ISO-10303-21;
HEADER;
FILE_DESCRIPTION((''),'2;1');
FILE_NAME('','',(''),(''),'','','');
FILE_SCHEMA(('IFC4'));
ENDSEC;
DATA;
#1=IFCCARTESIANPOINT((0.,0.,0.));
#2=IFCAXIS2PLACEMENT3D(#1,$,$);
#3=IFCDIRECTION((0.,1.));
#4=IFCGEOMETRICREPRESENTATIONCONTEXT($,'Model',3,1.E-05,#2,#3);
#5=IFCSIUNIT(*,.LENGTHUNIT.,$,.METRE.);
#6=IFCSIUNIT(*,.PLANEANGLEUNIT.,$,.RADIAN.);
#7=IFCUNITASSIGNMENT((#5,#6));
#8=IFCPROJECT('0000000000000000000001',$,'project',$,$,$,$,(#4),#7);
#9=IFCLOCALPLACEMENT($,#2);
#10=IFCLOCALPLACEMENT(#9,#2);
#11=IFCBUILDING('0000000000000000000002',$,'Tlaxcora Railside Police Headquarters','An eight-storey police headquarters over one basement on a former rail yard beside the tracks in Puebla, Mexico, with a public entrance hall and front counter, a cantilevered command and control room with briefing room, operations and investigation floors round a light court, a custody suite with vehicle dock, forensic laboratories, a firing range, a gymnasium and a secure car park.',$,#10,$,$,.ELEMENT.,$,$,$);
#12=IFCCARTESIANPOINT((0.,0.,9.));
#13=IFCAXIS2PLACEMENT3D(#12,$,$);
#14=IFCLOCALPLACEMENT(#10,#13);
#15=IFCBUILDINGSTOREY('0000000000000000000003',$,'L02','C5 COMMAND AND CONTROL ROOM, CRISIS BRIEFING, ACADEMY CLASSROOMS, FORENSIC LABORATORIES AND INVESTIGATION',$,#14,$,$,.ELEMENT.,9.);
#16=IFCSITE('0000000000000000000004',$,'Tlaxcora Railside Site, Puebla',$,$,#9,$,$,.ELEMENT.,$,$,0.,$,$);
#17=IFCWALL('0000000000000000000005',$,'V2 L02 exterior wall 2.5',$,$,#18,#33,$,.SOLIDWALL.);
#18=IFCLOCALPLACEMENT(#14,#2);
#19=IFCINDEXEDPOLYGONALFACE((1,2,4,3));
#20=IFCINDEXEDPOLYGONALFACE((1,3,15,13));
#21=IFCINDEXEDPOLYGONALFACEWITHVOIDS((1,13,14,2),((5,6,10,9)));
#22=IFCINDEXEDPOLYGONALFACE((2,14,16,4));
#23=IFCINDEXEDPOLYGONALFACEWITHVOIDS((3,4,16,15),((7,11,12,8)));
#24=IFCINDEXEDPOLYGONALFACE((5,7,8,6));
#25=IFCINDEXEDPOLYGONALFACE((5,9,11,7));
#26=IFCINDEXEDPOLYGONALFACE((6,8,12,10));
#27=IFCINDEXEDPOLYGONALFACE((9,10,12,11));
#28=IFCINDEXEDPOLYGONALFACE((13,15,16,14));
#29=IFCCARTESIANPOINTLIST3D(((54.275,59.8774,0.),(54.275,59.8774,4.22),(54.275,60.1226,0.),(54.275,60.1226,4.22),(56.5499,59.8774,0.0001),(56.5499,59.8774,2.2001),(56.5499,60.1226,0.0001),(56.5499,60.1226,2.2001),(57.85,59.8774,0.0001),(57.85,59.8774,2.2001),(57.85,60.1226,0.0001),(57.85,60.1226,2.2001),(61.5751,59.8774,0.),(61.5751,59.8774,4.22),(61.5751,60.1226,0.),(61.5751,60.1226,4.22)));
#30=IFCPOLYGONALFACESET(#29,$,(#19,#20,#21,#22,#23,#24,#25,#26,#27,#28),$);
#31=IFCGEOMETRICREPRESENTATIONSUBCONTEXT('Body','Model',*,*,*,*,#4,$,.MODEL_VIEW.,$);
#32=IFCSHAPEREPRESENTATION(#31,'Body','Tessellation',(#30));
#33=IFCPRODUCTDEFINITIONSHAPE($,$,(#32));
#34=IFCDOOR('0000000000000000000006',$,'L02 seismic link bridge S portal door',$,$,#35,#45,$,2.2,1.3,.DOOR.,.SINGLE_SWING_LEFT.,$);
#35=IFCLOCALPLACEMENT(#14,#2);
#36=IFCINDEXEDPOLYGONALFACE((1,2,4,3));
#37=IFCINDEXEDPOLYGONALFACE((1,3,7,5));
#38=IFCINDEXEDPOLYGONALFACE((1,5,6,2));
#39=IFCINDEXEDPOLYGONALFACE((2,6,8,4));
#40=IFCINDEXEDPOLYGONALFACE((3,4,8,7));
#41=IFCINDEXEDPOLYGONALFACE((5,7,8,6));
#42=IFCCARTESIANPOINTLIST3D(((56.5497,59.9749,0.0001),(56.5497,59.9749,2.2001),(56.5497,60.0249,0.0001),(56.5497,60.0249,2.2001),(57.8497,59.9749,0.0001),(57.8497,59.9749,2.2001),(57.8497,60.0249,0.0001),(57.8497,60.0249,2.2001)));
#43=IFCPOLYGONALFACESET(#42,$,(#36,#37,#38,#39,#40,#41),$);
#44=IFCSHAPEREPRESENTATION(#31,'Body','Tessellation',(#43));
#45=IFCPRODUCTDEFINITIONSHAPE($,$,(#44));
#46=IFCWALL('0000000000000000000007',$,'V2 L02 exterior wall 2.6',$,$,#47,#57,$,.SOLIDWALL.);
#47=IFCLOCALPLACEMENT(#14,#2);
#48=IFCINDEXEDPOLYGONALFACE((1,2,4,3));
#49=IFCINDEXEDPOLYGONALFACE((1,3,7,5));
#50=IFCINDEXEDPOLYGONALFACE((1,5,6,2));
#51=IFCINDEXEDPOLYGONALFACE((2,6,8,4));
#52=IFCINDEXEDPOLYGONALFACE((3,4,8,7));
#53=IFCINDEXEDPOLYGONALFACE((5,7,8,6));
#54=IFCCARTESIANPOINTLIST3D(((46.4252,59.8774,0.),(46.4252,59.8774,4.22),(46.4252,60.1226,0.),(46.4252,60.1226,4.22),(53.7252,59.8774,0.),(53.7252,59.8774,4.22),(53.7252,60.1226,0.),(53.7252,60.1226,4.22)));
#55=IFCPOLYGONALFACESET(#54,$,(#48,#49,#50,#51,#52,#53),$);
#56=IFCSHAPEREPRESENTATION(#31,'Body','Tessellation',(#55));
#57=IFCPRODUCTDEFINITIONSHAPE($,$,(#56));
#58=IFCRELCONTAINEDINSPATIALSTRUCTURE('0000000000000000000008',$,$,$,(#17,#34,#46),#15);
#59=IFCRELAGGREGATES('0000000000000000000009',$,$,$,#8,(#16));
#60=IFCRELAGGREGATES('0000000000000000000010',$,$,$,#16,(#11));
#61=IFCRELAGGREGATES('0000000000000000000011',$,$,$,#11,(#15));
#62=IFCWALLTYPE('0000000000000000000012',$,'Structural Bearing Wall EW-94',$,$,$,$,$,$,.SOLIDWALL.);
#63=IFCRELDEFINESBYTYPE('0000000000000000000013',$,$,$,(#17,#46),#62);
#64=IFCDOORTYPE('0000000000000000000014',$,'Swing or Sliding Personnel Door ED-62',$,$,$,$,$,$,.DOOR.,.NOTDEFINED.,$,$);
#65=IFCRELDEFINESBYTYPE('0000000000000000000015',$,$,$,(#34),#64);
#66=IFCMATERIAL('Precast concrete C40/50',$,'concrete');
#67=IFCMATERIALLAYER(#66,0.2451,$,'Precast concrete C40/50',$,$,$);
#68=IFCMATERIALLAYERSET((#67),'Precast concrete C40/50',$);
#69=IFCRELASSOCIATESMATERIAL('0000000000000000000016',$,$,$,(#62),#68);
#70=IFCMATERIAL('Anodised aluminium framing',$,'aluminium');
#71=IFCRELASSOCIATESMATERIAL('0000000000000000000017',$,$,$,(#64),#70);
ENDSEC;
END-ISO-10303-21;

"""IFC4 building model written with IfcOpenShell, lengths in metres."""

from ifc_helpers import new_model, si_unit, direction, frame, frame_2d, origin, place, context, subcontext, project, spatial, rectangle, extrude, material, layer, layer_set, type_object, element, fill, save


model = new_model("IFC4")

# Units and contexts
model_context = context("Model", 3, precision=1e-05, world=origin(), true_north=direction((0.0, 1.0)))
body_context = subcontext(model_context, "Body", "Model", "MODEL_VIEW")
ifc_project = project(units=[si_unit("LENGTHUNIT", "METRE"), si_unit("PLANEANGLEUNIT", "RADIAN")], contexts=[model_context])

# Site, building, storey
site_placement = place(None, origin())
site = spatial("IfcSite", under=ifc_project, at=site_placement, Name="Tlaxcora Railside Site, Puebla", CompositionType="ELEMENT", RefElevation=0.0)
building_placement = place(site_placement, origin())
building = spatial("IfcBuilding", under=site, at=building_placement, Name="Tlaxcora Railside Police Headquarters", Description="An eight-storey police headquarters over one basement on a former rail yard beside the tracks in Puebla, Mexico, with a public entrance hall and front counter, a cantilevered command and control room with briefing room, operations and investigation floors round a light court, a custody suite with vehicle dock, forensic laboratories, a firing range, a gymnasium and a secure car park.", CompositionType="ELEMENT")
storey_placement = place(building_placement, frame((0.0, 0.0, 9.0)))
storey = spatial("IfcBuildingStorey", under=building, at=storey_placement, Name="L02", Description="C5 COMMAND AND CONTROL ROOM, CRISIS BRIEFING, ACADEMY CLASSROOMS, FORENSIC LABORATORIES AND INVESTIGATION", CompositionType="ELEMENT", Elevation=9.0)

# Shared definitions
ifc_material_1 = material(Name="Anodised aluminium framing", Category="aluminium")

# Wall, opening, door
ifc_material_2 = material(Name="Precast concrete C40/50", Category="concrete")
ifc_layer_1 = layer(ifc_material_2, 0.2451, Name="Precast concrete C40/50")
ifc_layer_set_1 = layer_set([ifc_layer_1], Name="Precast concrete C40/50")
wall_type = type_object("IfcWallType", Name="Structural Bearing Wall EW-94", PredefinedType="SOLIDWALL", material=ifc_layer_set_1)
wall_1_placement = place(storey_placement, frame((61.575, 60.0, 0.0), z_axis=(0.0, 0.0, 1.0), x_axis=(-1.0, 0.0, 0.0)))
wall_1 = element("IfcWall", 1, at=wall_1_placement, inside=storey, type_object=wall_type, Name="V2 L02 exterior wall 2.5", PredefinedType="SOLIDWALL", context=body_context, shape_type="SweptSolid", body=[
    extrude(rectangle(XDim=7.3, YDim=0.2451, at=frame_2d((3.6499, 0.0))), origin(), (0.0, 0.0, 1.0), 4.22),
])
opening_placement = place(wall_1_placement, frame((3.7251, 0.0, 0.0)))
opening = element("IfcOpeningElement", 2, at=opening_placement, cuts=wall_1, PredefinedType="OPENING", context=body_context, shape_type="SweptSolid", body=[
    extrude(rectangle(XDim=1.3, YDim=2.2, at=frame_2d((0.6499, 1.1001))), frame((0.0, 0.1326, 0.0), z_axis=(0.0, -1.0, 0.0), x_axis=(1.0, 0.0, 0.0)), (0.0, 0.0, 1.0), 0.2651),
])
door_type = type_object("IfcDoorType", Name="Swing or Sliding Personnel Door ED-62", OperationType="NOTDEFINED", PredefinedType="DOOR", material=ifc_material_1)
door_placement = place(opening_placement, frame((1.3, 0.0, 0.0), z_axis=(0.0, 0.0, 1.0), x_axis=(-1.0, 0.0, 0.0)))
door = element("IfcDoor", 3, at=door_placement, inside=storey, type_object=door_type, Name="L02 seismic link bridge S portal door", OperationType="SINGLE_SWING_LEFT", OverallHeight=2.2, OverallWidth=1.3, PredefinedType="DOOR", context=body_context, shape_type="SweptSolid", body=[
    extrude(rectangle(XDim=1.3, YDim=2.2, at=frame_2d((0.6499, 1.1001))), frame((0.0, 0.0249, 0.0), z_axis=(0.0, -1.0, 0.0), x_axis=(1.0, 0.0, 0.0)), (0.0, 0.0, 1.0), 0.05),
])
fill(opening, door)

# Wall
wall_2_placement = place(storey_placement, frame((53.7251, 60.0, 0.0), z_axis=(0.0, 0.0, 1.0), x_axis=(-1.0, 0.0, 0.0)))
element("IfcWall", 4, at=wall_2_placement, inside=storey, type_object=wall_type, Name="V2 L02 exterior wall 2.6", PredefinedType="SOLIDWALL", context=body_context, shape_type="SweptSolid", body=[
    extrude(rectangle(XDim=7.3, YDim=0.2451, at=frame_2d((3.6499, 0.0))), origin(), (0.0, 0.0, 1.0), 4.22),
])

save(model, "model.ifc")
